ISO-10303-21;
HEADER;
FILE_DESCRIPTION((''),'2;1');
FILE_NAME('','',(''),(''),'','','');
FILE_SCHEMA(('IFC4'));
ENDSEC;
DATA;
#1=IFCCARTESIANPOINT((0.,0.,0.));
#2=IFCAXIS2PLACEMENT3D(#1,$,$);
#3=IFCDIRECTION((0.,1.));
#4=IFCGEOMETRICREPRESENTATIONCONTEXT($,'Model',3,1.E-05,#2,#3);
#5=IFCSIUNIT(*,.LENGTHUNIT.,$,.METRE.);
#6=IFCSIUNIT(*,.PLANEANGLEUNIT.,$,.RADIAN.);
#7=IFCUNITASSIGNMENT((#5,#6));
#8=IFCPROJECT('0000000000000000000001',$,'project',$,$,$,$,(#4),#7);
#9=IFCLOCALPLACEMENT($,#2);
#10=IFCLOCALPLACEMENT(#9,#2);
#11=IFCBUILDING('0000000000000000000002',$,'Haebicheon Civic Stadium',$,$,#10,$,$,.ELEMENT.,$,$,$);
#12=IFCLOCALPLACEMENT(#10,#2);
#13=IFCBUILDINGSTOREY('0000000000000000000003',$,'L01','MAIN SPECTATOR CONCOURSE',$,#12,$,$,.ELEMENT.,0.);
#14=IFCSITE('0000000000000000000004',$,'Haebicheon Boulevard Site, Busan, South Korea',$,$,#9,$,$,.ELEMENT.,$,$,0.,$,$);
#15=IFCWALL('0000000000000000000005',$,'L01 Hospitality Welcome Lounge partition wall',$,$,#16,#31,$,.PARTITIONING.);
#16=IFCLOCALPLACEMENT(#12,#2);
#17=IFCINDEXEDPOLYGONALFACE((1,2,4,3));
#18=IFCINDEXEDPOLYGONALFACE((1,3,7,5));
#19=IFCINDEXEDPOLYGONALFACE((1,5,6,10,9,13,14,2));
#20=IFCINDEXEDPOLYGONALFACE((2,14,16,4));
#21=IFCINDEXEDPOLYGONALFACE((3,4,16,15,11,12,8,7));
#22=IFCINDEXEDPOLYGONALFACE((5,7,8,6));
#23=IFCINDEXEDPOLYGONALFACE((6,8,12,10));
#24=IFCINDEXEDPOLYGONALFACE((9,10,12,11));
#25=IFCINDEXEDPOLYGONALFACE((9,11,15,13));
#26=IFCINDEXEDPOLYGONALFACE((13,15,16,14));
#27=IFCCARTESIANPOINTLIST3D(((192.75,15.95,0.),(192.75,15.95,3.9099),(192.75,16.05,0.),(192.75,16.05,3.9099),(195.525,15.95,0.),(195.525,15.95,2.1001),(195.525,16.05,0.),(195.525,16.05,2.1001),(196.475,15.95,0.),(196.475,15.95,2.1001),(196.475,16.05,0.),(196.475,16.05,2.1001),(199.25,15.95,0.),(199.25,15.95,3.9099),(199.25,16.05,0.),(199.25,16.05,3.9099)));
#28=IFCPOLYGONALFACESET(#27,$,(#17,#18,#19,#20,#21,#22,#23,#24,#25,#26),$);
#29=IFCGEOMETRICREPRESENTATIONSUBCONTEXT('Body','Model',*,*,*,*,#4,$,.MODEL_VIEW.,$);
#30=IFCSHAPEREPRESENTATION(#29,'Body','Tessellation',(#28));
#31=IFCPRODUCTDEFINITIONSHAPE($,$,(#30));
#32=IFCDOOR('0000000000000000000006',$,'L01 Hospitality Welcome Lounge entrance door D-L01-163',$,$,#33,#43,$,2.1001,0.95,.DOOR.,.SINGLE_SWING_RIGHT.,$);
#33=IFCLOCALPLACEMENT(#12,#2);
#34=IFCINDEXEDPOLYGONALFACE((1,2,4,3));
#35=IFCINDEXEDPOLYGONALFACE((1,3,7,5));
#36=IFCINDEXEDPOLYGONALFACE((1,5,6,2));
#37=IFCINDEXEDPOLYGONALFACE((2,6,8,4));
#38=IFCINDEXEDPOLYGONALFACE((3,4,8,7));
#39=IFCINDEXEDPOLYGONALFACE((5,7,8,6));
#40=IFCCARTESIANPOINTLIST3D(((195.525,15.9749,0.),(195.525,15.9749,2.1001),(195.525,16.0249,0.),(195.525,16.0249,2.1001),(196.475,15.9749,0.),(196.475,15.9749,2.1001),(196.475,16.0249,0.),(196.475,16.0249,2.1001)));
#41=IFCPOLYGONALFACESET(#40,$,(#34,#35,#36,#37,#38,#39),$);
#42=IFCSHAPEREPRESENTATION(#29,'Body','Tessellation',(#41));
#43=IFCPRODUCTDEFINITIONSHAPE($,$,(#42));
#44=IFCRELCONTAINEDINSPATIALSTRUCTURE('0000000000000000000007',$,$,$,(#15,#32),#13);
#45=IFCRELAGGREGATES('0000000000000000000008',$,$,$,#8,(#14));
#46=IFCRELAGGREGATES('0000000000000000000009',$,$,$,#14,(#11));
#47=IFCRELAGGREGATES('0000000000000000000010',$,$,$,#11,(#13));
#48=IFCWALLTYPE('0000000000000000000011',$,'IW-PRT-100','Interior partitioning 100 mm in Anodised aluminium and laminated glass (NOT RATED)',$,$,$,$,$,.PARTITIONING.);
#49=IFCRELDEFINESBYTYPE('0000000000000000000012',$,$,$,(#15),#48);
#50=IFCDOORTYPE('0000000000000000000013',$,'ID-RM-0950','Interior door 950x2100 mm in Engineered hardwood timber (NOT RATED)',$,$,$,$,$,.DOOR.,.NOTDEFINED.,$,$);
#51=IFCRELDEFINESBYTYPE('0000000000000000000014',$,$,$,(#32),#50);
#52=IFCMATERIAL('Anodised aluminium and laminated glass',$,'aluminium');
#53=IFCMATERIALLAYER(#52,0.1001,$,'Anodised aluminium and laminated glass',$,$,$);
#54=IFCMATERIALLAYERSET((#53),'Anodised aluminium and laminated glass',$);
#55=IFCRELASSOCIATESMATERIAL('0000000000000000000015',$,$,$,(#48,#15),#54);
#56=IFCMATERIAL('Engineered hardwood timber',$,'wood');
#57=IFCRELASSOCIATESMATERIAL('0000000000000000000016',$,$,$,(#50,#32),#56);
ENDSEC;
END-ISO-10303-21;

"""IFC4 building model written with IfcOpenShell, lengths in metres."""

from ifc_helpers import new_model, si_unit, direction, frame, frame_2d, origin, place, context, subcontext, project, spatial, rectangle, extrude, material, layer, layer_set, type_object, element, fill, save


model = new_model("IFC4")

# Units and contexts
model_context = context("Model", 3, precision=1e-05, world=origin(), true_north=direction((0.0, 1.0)))
body_context = subcontext(model_context, "Body", "Model", "MODEL_VIEW")
ifc_project = project(units=[si_unit("LENGTHUNIT", "METRE"), si_unit("PLANEANGLEUNIT", "RADIAN")], contexts=[model_context])

# Site, building, storey
site_placement = place(None, origin())
site = spatial("IfcSite", under=ifc_project, at=site_placement, Name="Haebicheon Boulevard Site, Busan, South Korea", CompositionType="ELEMENT", RefElevation=0.0)
building_placement = place(site_placement, origin())
building = spatial("IfcBuilding", under=site, at=building_placement, Name="Haebicheon Civic Stadium", CompositionType="ELEMENT")
storey_placement = place(building_placement, origin())
storey = spatial("IfcBuildingStorey", under=building, at=storey_placement, Name="L01", Description="MAIN SPECTATOR CONCOURSE", CompositionType="ELEMENT", Elevation=0.0)

# Wall, opening, door
ifc_material_1 = material(Name="Anodised aluminium and laminated glass", Category="aluminium")
ifc_layer_1 = layer(ifc_material_1, 0.1001, Name="Anodised aluminium and laminated glass")
ifc_layer_set_1 = layer_set([ifc_layer_1], Name="Anodised aluminium and laminated glass")
wall_type_1 = type_object("IfcWallType", Name="IW-PRT-100", Description="Interior partitioning 100 mm in Anodised aluminium and laminated glass (NOT RATED)", PredefinedType="PARTITIONING", material=ifc_layer_set_1)
ifc_material_2 = material(Name="Engineered hardwood timber", Category="wood")
door_type = type_object("IfcDoorType", Name="ID-RM-0950", Description="Interior door 950x2100 mm in Engineered hardwood timber (NOT RATED)", OperationType="NOTDEFINED", PredefinedType="DOOR", material=ifc_material_2)
wall_1_placement = place(storey_placement, frame((192.75, 16.0, 0.0), z_axis=(0.0, 0.0, 1.0), x_axis=(1.0, 0.0, 0.0)))
wall_1 = element("IfcWall", 1, at=wall_1_placement, inside=storey, type_object=wall_type_1, material=ifc_layer_set_1, Name="L01 Hospitality Welcome Lounge partition wall", PredefinedType="PARTITIONING", context=body_context, shape_type="SweptSolid", body=[
    extrude(rectangle(XDim=6.5, YDim=0.1001, at=frame_2d((3.25, 0.0))), origin(), (0.0, 0.0, 1.0), 3.9099),
])
opening_1_placement = place(wall_1_placement, frame((2.7749, 0.0, 0.0)))
opening_1 = element("IfcOpeningElement", 2, at=opening_1_placement, cuts=wall_1, PredefinedType="OPENING", context=body_context, shape_type="SweptSolid", body=[
    extrude(rectangle(XDim=0.95, YDim=2.1001, at=frame_2d((0.4751, 1.05))), frame((0.0, 0.0601, 0.0), z_axis=(0.0, -1.0, 0.0), x_axis=(1.0, 0.0, 0.0)), (0.0, 0.0, 1.0), 0.1201),
])
door_1_placement = place(opening_1_placement, origin())
door_1 = element("IfcDoor", 3, at=door_1_placement, inside=storey, type_object=door_type, material=ifc_material_2, Name="L01 Hospitality Welcome Lounge entrance door D-L01-163", OperationType="SINGLE_SWING_RIGHT", OverallHeight=2.1001, OverallWidth=0.95, PredefinedType="DOOR", context=body_context, shape_type="SweptSolid", body=[
    extrude(rectangle(XDim=0.95, YDim=2.1001, at=frame_2d((0.4751, 1.05))), frame((0.0, 0.0249, 0.0), z_axis=(0.0, -1.0, 0.0), x_axis=(1.0, 0.0, 0.0)), (0.0, 0.0, 1.0), 0.05),
])
fill(opening_1, door_1)

save(model, "model.ifc")
